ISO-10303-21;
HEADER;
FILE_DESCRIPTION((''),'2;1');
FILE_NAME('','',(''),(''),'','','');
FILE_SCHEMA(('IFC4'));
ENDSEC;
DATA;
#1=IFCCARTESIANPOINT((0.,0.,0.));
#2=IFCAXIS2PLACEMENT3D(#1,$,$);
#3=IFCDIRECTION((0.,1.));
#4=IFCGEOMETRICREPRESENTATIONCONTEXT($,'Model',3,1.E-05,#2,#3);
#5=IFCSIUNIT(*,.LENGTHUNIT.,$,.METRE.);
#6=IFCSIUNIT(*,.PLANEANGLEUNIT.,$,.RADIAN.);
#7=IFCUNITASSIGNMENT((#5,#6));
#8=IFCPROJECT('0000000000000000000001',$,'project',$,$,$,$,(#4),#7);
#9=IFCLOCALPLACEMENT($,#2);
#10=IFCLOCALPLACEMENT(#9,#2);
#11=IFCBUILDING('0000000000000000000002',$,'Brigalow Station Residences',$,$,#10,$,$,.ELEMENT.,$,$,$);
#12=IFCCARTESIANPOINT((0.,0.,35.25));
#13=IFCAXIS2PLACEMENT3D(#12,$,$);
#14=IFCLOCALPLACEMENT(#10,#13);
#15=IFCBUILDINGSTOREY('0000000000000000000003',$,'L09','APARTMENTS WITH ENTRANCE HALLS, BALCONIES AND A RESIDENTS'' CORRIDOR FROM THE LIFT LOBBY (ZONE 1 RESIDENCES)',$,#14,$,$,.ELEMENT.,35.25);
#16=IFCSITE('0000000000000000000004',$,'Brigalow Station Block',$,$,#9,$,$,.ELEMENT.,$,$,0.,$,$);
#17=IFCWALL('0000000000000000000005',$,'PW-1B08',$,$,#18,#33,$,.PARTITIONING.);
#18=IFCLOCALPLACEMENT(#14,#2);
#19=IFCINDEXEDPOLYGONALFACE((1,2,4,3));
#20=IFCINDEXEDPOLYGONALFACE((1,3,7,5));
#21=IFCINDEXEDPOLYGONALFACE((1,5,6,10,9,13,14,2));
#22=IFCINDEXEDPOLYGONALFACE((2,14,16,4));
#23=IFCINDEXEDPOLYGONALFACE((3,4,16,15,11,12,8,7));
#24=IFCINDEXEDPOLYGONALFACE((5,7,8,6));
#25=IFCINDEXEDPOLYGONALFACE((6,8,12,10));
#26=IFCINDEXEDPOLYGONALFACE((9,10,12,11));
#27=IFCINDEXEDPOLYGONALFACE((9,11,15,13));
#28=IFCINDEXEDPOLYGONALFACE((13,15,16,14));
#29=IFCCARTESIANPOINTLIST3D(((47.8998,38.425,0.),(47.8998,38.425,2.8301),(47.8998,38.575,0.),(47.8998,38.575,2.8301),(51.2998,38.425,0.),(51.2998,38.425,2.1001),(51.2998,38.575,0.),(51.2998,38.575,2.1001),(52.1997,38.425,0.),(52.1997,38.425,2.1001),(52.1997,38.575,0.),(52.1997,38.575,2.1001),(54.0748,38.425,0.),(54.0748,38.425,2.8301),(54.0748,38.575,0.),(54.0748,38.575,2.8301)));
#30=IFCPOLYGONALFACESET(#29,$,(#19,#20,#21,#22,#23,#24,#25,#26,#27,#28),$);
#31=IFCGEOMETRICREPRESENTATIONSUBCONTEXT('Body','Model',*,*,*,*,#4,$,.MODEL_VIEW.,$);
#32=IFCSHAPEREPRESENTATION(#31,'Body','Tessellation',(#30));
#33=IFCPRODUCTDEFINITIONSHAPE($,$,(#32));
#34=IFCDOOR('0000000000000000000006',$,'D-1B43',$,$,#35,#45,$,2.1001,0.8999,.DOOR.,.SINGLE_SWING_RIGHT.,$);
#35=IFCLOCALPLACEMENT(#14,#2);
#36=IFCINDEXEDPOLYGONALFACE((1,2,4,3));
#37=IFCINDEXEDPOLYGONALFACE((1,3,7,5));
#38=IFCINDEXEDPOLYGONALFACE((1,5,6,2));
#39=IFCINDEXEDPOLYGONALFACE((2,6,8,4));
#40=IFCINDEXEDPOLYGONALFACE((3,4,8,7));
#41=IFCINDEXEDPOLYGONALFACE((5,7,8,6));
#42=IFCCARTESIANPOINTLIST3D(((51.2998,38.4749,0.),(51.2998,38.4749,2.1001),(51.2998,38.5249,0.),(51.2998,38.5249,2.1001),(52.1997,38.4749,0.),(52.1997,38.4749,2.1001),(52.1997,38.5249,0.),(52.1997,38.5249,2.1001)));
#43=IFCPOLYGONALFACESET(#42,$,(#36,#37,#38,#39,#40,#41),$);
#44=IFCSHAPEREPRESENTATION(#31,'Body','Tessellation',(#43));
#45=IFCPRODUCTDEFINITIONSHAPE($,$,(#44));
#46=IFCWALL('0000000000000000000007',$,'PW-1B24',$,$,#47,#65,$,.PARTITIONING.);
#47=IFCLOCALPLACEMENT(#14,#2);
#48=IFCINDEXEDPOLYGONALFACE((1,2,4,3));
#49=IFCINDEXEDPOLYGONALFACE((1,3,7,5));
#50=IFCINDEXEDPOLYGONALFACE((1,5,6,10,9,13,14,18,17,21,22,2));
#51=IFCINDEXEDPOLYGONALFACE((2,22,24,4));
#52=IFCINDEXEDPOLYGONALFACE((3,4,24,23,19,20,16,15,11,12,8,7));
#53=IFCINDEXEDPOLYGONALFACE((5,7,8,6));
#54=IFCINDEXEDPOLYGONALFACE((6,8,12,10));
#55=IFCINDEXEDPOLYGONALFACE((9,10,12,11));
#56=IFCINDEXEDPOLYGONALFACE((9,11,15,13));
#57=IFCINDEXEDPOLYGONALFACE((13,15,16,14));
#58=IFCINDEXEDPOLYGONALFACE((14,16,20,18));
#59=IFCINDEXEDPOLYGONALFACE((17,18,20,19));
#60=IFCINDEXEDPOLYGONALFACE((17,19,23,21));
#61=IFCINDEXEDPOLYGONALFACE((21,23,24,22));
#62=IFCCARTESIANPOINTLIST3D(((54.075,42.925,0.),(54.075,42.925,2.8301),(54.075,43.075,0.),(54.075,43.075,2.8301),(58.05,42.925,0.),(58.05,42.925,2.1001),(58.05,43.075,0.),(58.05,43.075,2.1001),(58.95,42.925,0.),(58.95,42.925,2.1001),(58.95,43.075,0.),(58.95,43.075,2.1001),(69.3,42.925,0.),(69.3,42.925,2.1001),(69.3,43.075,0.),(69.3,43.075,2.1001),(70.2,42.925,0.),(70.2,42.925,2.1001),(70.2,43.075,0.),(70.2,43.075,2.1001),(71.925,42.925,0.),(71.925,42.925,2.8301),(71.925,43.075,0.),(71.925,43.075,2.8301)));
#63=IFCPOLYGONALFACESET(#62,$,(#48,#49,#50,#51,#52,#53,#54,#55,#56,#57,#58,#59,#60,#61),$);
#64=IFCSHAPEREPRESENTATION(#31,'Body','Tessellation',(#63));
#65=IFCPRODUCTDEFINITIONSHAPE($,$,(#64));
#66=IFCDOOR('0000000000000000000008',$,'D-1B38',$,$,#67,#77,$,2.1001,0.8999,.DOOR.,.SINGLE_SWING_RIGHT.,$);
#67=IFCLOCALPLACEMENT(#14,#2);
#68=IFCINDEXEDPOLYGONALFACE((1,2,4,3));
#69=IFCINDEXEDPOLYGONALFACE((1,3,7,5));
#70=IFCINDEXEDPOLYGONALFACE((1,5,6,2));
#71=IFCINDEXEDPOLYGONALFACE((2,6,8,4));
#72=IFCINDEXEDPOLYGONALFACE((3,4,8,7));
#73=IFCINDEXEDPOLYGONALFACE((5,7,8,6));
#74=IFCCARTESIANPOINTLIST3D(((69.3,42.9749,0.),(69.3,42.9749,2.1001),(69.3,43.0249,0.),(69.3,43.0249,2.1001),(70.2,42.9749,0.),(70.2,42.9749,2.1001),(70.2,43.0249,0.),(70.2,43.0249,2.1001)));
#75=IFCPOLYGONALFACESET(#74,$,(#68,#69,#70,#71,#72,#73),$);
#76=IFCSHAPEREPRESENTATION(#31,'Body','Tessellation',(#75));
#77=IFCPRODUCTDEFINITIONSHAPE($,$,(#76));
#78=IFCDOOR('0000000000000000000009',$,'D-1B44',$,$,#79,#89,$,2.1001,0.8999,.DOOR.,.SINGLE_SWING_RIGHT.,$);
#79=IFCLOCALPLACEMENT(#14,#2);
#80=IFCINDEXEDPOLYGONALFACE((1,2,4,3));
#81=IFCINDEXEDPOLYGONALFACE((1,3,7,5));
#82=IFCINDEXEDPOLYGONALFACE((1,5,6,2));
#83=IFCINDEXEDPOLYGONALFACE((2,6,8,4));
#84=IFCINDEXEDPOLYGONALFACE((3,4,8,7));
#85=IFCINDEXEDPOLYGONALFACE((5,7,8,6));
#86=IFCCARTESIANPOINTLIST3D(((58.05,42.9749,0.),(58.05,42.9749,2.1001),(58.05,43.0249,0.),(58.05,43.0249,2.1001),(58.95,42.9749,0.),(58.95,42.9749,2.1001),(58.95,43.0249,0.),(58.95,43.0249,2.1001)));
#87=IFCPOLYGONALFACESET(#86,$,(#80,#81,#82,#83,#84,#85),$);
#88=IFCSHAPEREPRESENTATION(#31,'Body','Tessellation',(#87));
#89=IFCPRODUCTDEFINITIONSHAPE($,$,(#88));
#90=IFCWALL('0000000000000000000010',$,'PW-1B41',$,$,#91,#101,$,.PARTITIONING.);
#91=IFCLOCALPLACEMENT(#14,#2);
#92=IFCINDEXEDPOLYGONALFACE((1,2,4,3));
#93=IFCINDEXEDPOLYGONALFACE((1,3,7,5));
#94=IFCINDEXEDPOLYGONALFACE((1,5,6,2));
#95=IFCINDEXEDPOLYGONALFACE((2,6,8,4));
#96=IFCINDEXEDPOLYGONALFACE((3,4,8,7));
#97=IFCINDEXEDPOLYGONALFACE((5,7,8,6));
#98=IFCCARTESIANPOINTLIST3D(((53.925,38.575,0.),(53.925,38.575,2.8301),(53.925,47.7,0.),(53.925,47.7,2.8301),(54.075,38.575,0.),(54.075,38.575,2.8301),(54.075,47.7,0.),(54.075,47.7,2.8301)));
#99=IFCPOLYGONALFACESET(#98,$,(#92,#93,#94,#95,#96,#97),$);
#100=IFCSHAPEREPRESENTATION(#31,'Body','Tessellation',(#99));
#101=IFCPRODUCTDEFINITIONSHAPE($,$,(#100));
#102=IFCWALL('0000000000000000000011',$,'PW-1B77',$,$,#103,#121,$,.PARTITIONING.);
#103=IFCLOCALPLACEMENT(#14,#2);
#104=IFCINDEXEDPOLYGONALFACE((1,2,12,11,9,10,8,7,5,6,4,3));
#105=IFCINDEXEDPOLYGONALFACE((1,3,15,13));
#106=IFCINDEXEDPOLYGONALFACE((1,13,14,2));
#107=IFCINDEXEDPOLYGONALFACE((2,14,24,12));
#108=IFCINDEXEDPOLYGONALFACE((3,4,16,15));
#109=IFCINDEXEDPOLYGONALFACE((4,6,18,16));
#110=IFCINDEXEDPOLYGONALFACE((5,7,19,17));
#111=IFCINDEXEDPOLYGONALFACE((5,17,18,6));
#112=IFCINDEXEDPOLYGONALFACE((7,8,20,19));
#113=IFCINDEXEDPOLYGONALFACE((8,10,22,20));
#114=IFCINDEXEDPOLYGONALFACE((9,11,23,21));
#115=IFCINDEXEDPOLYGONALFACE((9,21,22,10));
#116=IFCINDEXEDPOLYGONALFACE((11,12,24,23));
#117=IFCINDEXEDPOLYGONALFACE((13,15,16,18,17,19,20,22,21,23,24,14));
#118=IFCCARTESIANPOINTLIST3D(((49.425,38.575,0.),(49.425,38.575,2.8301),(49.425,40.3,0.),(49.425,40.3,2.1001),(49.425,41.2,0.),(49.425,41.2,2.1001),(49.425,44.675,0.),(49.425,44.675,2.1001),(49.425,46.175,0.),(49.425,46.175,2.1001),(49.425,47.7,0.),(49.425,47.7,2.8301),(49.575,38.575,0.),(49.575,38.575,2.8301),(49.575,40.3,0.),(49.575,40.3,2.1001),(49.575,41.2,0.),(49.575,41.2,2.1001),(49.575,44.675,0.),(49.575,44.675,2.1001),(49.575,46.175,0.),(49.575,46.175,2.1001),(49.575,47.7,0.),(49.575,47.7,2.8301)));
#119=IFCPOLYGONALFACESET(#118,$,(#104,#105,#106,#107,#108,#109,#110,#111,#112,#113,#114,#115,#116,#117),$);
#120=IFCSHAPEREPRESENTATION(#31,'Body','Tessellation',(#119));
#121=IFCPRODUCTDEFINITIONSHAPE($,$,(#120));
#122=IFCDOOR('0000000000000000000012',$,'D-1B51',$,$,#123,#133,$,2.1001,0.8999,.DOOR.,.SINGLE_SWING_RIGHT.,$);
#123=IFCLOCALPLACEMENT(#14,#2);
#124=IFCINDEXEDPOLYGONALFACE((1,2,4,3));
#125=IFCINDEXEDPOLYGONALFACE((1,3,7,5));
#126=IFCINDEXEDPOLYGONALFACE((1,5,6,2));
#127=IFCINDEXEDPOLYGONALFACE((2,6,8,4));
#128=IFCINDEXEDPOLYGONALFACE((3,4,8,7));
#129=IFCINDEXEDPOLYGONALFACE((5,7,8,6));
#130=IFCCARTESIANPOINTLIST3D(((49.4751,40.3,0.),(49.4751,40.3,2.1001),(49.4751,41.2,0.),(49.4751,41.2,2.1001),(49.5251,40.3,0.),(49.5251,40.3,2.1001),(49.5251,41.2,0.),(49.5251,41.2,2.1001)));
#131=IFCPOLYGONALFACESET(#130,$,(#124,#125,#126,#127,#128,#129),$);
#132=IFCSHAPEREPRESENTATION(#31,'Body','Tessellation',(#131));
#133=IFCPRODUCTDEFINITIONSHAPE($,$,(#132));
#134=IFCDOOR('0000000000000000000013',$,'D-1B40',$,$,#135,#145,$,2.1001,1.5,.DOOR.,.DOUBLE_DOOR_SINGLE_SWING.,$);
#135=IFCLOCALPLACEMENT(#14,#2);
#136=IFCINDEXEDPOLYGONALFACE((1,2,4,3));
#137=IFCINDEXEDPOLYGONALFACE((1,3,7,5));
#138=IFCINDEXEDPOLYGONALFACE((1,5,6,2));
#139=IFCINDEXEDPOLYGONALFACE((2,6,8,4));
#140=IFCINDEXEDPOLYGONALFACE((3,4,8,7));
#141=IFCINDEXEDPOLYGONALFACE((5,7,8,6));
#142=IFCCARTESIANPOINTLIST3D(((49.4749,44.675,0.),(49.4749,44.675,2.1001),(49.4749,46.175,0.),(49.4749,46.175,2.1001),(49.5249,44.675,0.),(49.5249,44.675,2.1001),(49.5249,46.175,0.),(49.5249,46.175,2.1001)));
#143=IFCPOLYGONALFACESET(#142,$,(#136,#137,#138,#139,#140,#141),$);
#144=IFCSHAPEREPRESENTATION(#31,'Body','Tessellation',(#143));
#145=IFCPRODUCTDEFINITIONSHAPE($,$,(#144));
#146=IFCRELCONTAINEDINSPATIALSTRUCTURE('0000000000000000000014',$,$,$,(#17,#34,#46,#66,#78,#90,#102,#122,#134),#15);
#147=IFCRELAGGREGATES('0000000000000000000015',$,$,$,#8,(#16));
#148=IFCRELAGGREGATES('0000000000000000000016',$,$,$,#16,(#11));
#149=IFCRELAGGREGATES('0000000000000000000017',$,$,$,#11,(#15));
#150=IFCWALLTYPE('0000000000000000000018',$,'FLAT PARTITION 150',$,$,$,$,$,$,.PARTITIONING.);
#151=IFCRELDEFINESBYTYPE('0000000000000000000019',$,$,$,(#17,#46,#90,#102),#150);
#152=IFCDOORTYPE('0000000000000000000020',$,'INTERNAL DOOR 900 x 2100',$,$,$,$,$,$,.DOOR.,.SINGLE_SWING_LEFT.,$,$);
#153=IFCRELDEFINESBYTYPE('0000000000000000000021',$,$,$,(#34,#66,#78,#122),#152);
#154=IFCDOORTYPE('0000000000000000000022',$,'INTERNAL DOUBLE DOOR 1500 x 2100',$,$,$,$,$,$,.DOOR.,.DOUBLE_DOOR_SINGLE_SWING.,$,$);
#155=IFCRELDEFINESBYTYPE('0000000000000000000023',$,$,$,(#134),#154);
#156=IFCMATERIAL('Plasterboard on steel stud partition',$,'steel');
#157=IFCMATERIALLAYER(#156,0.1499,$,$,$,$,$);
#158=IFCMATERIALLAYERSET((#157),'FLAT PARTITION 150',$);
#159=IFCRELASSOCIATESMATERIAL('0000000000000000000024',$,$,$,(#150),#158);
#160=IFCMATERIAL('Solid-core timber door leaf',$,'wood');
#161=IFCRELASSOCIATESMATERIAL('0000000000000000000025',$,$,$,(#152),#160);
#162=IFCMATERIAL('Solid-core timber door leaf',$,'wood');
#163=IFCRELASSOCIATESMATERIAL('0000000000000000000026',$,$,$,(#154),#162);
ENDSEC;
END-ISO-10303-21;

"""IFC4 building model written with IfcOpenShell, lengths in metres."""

from ifc_helpers import new_model, si_unit, direction, frame, frame_2d, origin, place, context, subcontext, project, spatial, rectangle, extrude, material, layer, layer_set, type_object, element, fill, save


model = new_model("IFC4")

# Units and contexts
model_context = context("Model", 3, precision=1e-05, world=origin(), true_north=direction((0.0, 1.0)))
body_context = subcontext(model_context, "Body", "Model", "MODEL_VIEW")
ifc_project = project(units=[si_unit("LENGTHUNIT", "METRE"), si_unit("PLANEANGLEUNIT", "RADIAN")], contexts=[model_context])

# Site, building, storey
site_placement = place(None, origin())
site = spatial("IfcSite", under=ifc_project, at=site_placement, Name="Brigalow Station Block", CompositionType="ELEMENT", RefElevation=0.0)
building_placement = place(site_placement, origin())
building = spatial("IfcBuilding", under=site, at=building_placement, Name="Brigalow Station Residences", CompositionType="ELEMENT")
storey_placement = place(building_placement, frame((0.0, 0.0, 35.25)))
storey = spatial("IfcBuildingStorey", under=building, at=storey_placement, Name="L09", Description="APARTMENTS WITH ENTRANCE HALLS, BALCONIES AND A RESIDENTS' CORRIDOR FROM THE LIFT LOBBY (ZONE 1 RESIDENCES)", CompositionType="ELEMENT", Elevation=35.25)

# Wall, opening, door
ifc_material_1 = material(Name="Plasterboard on steel stud partition", Category="steel")
ifc_layer_1 = layer(ifc_material_1, 0.1499)
ifc_layer_set_1 = layer_set([ifc_layer_1], Name="FLAT PARTITION 150")
wall_type_1 = type_object("IfcWallType", Name="FLAT PARTITION 150", PredefinedType="PARTITIONING", material=ifc_layer_set_1)
wall_1_placement = place(storey_placement, frame((47.8999, 38.5, 0.0), z_axis=(0.0, 0.0, 1.0), x_axis=(1.0, 0.0, 0.0)))
wall_1 = element("IfcWall", 1, at=wall_1_placement, inside=storey, type_object=wall_type_1, Name="PW-1B08", PredefinedType="PARTITIONING", context=body_context, shape_type="SweptSolid", body=[
    extrude(rectangle(XDim=6.175, YDim=0.1499, at=frame_2d((3.0874, 0.0))), origin(), (0.0, 0.0, 1.0), 2.8301),
])
opening_1_placement = place(wall_1_placement, frame((3.3999, 0.0, 0.0)))
opening_1 = element("IfcOpeningElement", 2, at=opening_1_placement, cuts=wall_1, PredefinedType="OPENING", context=body_context, shape_type="SweptSolid", body=[
    extrude(rectangle(XDim=0.8999, YDim=2.1001, at=frame_2d((0.45, 1.05))), frame((0.0, 0.085, 0.0), z_axis=(0.0, -1.0, 0.0), x_axis=(1.0, 0.0, 0.0)), (0.0, 0.0, 1.0), 0.1699),
])
ifc_material_2 = material(Name="Solid-core timber door leaf", Category="wood")
door_type_1 = type_object("IfcDoorType", Name="INTERNAL DOOR 900 x 2100", OperationType="SINGLE_SWING_LEFT", PredefinedType="DOOR", material=ifc_material_2)
door_1_placement = place(opening_1_placement, origin())
door_1 = element("IfcDoor", 3, at=door_1_placement, inside=storey, type_object=door_type_1, Name="D-1B43", OperationType="SINGLE_SWING_RIGHT", OverallHeight=2.1001, OverallWidth=0.8999, PredefinedType="DOOR", context=body_context, shape_type="SweptSolid", body=[
    extrude(rectangle(XDim=0.8999, YDim=2.1001, at=frame_2d((0.45, 1.05))), frame((0.0, 0.0249, 0.0), z_axis=(0.0, -1.0, 0.0), x_axis=(1.0, 0.0, 0.0)), (0.0, 0.0, 1.0), 0.05),
])
fill(opening_1, door_1)

# Wall, openings, doors
wall_2_placement = place(storey_placement, frame((54.075, 43.0, 0.0), z_axis=(0.0, 0.0, 1.0), x_axis=(1.0, 0.0, 0.0)))
wall_2 = element("IfcWall", 4, at=wall_2_placement, inside=storey, type_object=wall_type_1, Name="PW-1B24", PredefinedType="PARTITIONING", context=body_context, shape_type="SweptSolid", body=[
    extrude(rectangle(XDim=17.8501, YDim=0.1499, at=frame_2d((8.925, 0.0))), origin(), (0.0, 0.0, 1.0), 2.8301),
])
opening_2_placement = place(wall_2_placement, frame((15.2251, 0.0, 0.0)))
opening_2 = element("IfcOpeningElement", 5, at=opening_2_placement, cuts=wall_2, PredefinedType="OPENING", context=body_context, shape_type="SweptSolid", body=[
    extrude(rectangle(XDim=0.8999, YDim=2.1001, at=frame_2d((0.45, 1.05))), frame((0.0, 0.085, 0.0), z_axis=(0.0, -1.0, 0.0), x_axis=(1.0, 0.0, 0.0)), (0.0, 0.0, 1.0), 0.1699),
])
opening_3_placement = place(wall_2_placement, frame((3.9751, 0.0, 0.0)))
opening_3 = element("IfcOpeningElement", 6, at=opening_3_placement, cuts=wall_2, PredefinedType="OPENING", context=body_context, shape_type="SweptSolid", body=[
    extrude(rectangle(XDim=0.8999, YDim=2.1001, at=frame_2d((0.45, 1.05))), frame((0.0, 0.085, 0.0), z_axis=(0.0, -1.0, 0.0), x_axis=(1.0, 0.0, 0.0)), (0.0, 0.0, 1.0), 0.1699),
])
door_2_placement = place(opening_2_placement, origin())
door_2 = element("IfcDoor", 7, at=door_2_placement, inside=storey, type_object=door_type_1, Name="D-1B38", OperationType="SINGLE_SWING_RIGHT", OverallHeight=2.1001, OverallWidth=0.8999, PredefinedType="DOOR", context=body_context, shape_type="SweptSolid", body=[
    extrude(rectangle(XDim=0.8999, YDim=2.1001, at=frame_2d((0.45, 1.05))), frame((0.0, 0.0249, 0.0), z_axis=(0.0, -1.0, 0.0), x_axis=(1.0, 0.0, 0.0)), (0.0, 0.0, 1.0), 0.05),
])
fill(opening_2, door_2)
door_3_placement = place(opening_3_placement, origin())
door_3 = element("IfcDoor", 8, at=door_3_placement, inside=storey, type_object=door_type_1, Name="D-1B44", OperationType="SINGLE_SWING_RIGHT", OverallHeight=2.1001, OverallWidth=0.8999, PredefinedType="DOOR", context=body_context, shape_type="SweptSolid", body=[
    extrude(rectangle(XDim=0.8999, YDim=2.1001, at=frame_2d((0.45, 1.05))), frame((0.0, 0.0249, 0.0), z_axis=(0.0, -1.0, 0.0), x_axis=(1.0, 0.0, 0.0)), (0.0, 0.0, 1.0), 0.05),
])
fill(opening_3, door_3)

# Wall
wall_3_placement = place(storey_placement, frame((54.0, 38.575, 0.0), z_axis=(0.0, 0.0, 1.0), x_axis=(0.0, 1.0, 0.0)))
element("IfcWall", 9, at=wall_3_placement, inside=storey, type_object=wall_type_1, Name="PW-1B41", PredefinedType="PARTITIONING", context=body_context, shape_type="SweptSolid", body=[
    extrude(rectangle(XDim=9.125, YDim=0.1499, at=frame_2d((4.5625, 0.0))), origin(), (0.0, 0.0, 1.0), 2.8301),
])

# Wall, openings, doors
wall_4_placement = place(storey_placement, frame((49.5, 38.575, 0.0), z_axis=(0.0, 0.0, 1.0), x_axis=(0.0, 1.0, 0.0)))
wall_4 = element("IfcWall", 10, at=wall_4_placement, inside=storey, type_object=wall_type_1, Name="PW-1B77", PredefinedType="PARTITIONING", context=body_context, shape_type="SweptSolid", body=[
    extrude(rectangle(XDim=9.125, YDim=0.1499, at=frame_2d((4.5625, 0.0))), origin(), (0.0, 0.0, 1.0), 2.8301),
])
opening_4_placement = place(wall_4_placement, frame((6.1001, 0.0, 0.0)))
opening_4 = element("IfcOpeningElement", 11, at=opening_4_placement, cuts=wall_4, PredefinedType="OPENING", context=body_context, shape_type="SweptSolid", body=[
    extrude(rectangle(XDim=1.5, YDim=2.1001, at=frame_2d((0.75, 1.05))), frame((0.0, 0.085, 0.0), z_axis=(0.0, -1.0, 0.0), x_axis=(1.0, 0.0, 0.0)), (0.0, 0.0, 1.0), 0.1699),
])
opening_5_placement = place(wall_4_placement, frame((1.7251, 0.0, 0.0)))
opening_5 = element("IfcOpeningElement", 12, at=opening_5_placement, cuts=wall_4, PredefinedType="OPENING", context=body_context, shape_type="SweptSolid", body=[
    extrude(rectangle(XDim=0.8999, YDim=2.1001, at=frame_2d((0.45, 1.05))), frame((0.0, 0.085, 0.0), z_axis=(0.0, -1.0, 0.0), x_axis=(1.0, 0.0, 0.0)), (0.0, 0.0, 1.0), 0.1699),
])
door_4_placement = place(opening_5_placement, origin())
door_4 = element("IfcDoor", 13, at=door_4_placement, inside=storey, type_object=door_type_1, Name="D-1B51", OperationType="SINGLE_SWING_RIGHT", OverallHeight=2.1001, OverallWidth=0.8999, PredefinedType="DOOR", context=body_context, shape_type="SweptSolid", body=[
    extrude(rectangle(XDim=0.8999, YDim=2.1001, at=frame_2d((0.45, 1.05))), frame((0.0, 0.0249, 0.0), z_axis=(0.0, -1.0, 0.0), x_axis=(1.0, 0.0, 0.0)), (0.0, 0.0, 1.0), 0.05),
])
fill(opening_5, door_4)
ifc_material_3 = material(Name="Solid-core timber door leaf", Category="wood")
door_type_2 = type_object("IfcDoorType", Name="INTERNAL DOUBLE DOOR 1500 x 2100", OperationType="DOUBLE_DOOR_SINGLE_SWING", PredefinedType="DOOR", material=ifc_material_3)
door_5_placement = place(opening_4_placement, frame((1.5, 0.0, 0.0), z_axis=(0.0, 0.0, 1.0), x_axis=(-1.0, 0.0, 0.0)))
door_5 = element("IfcDoor", 14, at=door_5_placement, inside=storey, type_object=door_type_2, Name="D-1B40", OperationType="DOUBLE_DOOR_SINGLE_SWING", OverallHeight=2.1001, OverallWidth=1.5, PredefinedType="DOOR", context=body_context, shape_type="SweptSolid", body=[
    extrude(rectangle(XDim=1.5, YDim=2.1001, at=frame_2d((0.75, 1.05))), frame((0.0, 0.0249, 0.0), z_axis=(0.0, -1.0, 0.0), x_axis=(1.0, 0.0, 0.0)), (0.0, 0.0, 1.0), 0.05),
])
fill(opening_4, door_5)

save(model, "model.ifc")
